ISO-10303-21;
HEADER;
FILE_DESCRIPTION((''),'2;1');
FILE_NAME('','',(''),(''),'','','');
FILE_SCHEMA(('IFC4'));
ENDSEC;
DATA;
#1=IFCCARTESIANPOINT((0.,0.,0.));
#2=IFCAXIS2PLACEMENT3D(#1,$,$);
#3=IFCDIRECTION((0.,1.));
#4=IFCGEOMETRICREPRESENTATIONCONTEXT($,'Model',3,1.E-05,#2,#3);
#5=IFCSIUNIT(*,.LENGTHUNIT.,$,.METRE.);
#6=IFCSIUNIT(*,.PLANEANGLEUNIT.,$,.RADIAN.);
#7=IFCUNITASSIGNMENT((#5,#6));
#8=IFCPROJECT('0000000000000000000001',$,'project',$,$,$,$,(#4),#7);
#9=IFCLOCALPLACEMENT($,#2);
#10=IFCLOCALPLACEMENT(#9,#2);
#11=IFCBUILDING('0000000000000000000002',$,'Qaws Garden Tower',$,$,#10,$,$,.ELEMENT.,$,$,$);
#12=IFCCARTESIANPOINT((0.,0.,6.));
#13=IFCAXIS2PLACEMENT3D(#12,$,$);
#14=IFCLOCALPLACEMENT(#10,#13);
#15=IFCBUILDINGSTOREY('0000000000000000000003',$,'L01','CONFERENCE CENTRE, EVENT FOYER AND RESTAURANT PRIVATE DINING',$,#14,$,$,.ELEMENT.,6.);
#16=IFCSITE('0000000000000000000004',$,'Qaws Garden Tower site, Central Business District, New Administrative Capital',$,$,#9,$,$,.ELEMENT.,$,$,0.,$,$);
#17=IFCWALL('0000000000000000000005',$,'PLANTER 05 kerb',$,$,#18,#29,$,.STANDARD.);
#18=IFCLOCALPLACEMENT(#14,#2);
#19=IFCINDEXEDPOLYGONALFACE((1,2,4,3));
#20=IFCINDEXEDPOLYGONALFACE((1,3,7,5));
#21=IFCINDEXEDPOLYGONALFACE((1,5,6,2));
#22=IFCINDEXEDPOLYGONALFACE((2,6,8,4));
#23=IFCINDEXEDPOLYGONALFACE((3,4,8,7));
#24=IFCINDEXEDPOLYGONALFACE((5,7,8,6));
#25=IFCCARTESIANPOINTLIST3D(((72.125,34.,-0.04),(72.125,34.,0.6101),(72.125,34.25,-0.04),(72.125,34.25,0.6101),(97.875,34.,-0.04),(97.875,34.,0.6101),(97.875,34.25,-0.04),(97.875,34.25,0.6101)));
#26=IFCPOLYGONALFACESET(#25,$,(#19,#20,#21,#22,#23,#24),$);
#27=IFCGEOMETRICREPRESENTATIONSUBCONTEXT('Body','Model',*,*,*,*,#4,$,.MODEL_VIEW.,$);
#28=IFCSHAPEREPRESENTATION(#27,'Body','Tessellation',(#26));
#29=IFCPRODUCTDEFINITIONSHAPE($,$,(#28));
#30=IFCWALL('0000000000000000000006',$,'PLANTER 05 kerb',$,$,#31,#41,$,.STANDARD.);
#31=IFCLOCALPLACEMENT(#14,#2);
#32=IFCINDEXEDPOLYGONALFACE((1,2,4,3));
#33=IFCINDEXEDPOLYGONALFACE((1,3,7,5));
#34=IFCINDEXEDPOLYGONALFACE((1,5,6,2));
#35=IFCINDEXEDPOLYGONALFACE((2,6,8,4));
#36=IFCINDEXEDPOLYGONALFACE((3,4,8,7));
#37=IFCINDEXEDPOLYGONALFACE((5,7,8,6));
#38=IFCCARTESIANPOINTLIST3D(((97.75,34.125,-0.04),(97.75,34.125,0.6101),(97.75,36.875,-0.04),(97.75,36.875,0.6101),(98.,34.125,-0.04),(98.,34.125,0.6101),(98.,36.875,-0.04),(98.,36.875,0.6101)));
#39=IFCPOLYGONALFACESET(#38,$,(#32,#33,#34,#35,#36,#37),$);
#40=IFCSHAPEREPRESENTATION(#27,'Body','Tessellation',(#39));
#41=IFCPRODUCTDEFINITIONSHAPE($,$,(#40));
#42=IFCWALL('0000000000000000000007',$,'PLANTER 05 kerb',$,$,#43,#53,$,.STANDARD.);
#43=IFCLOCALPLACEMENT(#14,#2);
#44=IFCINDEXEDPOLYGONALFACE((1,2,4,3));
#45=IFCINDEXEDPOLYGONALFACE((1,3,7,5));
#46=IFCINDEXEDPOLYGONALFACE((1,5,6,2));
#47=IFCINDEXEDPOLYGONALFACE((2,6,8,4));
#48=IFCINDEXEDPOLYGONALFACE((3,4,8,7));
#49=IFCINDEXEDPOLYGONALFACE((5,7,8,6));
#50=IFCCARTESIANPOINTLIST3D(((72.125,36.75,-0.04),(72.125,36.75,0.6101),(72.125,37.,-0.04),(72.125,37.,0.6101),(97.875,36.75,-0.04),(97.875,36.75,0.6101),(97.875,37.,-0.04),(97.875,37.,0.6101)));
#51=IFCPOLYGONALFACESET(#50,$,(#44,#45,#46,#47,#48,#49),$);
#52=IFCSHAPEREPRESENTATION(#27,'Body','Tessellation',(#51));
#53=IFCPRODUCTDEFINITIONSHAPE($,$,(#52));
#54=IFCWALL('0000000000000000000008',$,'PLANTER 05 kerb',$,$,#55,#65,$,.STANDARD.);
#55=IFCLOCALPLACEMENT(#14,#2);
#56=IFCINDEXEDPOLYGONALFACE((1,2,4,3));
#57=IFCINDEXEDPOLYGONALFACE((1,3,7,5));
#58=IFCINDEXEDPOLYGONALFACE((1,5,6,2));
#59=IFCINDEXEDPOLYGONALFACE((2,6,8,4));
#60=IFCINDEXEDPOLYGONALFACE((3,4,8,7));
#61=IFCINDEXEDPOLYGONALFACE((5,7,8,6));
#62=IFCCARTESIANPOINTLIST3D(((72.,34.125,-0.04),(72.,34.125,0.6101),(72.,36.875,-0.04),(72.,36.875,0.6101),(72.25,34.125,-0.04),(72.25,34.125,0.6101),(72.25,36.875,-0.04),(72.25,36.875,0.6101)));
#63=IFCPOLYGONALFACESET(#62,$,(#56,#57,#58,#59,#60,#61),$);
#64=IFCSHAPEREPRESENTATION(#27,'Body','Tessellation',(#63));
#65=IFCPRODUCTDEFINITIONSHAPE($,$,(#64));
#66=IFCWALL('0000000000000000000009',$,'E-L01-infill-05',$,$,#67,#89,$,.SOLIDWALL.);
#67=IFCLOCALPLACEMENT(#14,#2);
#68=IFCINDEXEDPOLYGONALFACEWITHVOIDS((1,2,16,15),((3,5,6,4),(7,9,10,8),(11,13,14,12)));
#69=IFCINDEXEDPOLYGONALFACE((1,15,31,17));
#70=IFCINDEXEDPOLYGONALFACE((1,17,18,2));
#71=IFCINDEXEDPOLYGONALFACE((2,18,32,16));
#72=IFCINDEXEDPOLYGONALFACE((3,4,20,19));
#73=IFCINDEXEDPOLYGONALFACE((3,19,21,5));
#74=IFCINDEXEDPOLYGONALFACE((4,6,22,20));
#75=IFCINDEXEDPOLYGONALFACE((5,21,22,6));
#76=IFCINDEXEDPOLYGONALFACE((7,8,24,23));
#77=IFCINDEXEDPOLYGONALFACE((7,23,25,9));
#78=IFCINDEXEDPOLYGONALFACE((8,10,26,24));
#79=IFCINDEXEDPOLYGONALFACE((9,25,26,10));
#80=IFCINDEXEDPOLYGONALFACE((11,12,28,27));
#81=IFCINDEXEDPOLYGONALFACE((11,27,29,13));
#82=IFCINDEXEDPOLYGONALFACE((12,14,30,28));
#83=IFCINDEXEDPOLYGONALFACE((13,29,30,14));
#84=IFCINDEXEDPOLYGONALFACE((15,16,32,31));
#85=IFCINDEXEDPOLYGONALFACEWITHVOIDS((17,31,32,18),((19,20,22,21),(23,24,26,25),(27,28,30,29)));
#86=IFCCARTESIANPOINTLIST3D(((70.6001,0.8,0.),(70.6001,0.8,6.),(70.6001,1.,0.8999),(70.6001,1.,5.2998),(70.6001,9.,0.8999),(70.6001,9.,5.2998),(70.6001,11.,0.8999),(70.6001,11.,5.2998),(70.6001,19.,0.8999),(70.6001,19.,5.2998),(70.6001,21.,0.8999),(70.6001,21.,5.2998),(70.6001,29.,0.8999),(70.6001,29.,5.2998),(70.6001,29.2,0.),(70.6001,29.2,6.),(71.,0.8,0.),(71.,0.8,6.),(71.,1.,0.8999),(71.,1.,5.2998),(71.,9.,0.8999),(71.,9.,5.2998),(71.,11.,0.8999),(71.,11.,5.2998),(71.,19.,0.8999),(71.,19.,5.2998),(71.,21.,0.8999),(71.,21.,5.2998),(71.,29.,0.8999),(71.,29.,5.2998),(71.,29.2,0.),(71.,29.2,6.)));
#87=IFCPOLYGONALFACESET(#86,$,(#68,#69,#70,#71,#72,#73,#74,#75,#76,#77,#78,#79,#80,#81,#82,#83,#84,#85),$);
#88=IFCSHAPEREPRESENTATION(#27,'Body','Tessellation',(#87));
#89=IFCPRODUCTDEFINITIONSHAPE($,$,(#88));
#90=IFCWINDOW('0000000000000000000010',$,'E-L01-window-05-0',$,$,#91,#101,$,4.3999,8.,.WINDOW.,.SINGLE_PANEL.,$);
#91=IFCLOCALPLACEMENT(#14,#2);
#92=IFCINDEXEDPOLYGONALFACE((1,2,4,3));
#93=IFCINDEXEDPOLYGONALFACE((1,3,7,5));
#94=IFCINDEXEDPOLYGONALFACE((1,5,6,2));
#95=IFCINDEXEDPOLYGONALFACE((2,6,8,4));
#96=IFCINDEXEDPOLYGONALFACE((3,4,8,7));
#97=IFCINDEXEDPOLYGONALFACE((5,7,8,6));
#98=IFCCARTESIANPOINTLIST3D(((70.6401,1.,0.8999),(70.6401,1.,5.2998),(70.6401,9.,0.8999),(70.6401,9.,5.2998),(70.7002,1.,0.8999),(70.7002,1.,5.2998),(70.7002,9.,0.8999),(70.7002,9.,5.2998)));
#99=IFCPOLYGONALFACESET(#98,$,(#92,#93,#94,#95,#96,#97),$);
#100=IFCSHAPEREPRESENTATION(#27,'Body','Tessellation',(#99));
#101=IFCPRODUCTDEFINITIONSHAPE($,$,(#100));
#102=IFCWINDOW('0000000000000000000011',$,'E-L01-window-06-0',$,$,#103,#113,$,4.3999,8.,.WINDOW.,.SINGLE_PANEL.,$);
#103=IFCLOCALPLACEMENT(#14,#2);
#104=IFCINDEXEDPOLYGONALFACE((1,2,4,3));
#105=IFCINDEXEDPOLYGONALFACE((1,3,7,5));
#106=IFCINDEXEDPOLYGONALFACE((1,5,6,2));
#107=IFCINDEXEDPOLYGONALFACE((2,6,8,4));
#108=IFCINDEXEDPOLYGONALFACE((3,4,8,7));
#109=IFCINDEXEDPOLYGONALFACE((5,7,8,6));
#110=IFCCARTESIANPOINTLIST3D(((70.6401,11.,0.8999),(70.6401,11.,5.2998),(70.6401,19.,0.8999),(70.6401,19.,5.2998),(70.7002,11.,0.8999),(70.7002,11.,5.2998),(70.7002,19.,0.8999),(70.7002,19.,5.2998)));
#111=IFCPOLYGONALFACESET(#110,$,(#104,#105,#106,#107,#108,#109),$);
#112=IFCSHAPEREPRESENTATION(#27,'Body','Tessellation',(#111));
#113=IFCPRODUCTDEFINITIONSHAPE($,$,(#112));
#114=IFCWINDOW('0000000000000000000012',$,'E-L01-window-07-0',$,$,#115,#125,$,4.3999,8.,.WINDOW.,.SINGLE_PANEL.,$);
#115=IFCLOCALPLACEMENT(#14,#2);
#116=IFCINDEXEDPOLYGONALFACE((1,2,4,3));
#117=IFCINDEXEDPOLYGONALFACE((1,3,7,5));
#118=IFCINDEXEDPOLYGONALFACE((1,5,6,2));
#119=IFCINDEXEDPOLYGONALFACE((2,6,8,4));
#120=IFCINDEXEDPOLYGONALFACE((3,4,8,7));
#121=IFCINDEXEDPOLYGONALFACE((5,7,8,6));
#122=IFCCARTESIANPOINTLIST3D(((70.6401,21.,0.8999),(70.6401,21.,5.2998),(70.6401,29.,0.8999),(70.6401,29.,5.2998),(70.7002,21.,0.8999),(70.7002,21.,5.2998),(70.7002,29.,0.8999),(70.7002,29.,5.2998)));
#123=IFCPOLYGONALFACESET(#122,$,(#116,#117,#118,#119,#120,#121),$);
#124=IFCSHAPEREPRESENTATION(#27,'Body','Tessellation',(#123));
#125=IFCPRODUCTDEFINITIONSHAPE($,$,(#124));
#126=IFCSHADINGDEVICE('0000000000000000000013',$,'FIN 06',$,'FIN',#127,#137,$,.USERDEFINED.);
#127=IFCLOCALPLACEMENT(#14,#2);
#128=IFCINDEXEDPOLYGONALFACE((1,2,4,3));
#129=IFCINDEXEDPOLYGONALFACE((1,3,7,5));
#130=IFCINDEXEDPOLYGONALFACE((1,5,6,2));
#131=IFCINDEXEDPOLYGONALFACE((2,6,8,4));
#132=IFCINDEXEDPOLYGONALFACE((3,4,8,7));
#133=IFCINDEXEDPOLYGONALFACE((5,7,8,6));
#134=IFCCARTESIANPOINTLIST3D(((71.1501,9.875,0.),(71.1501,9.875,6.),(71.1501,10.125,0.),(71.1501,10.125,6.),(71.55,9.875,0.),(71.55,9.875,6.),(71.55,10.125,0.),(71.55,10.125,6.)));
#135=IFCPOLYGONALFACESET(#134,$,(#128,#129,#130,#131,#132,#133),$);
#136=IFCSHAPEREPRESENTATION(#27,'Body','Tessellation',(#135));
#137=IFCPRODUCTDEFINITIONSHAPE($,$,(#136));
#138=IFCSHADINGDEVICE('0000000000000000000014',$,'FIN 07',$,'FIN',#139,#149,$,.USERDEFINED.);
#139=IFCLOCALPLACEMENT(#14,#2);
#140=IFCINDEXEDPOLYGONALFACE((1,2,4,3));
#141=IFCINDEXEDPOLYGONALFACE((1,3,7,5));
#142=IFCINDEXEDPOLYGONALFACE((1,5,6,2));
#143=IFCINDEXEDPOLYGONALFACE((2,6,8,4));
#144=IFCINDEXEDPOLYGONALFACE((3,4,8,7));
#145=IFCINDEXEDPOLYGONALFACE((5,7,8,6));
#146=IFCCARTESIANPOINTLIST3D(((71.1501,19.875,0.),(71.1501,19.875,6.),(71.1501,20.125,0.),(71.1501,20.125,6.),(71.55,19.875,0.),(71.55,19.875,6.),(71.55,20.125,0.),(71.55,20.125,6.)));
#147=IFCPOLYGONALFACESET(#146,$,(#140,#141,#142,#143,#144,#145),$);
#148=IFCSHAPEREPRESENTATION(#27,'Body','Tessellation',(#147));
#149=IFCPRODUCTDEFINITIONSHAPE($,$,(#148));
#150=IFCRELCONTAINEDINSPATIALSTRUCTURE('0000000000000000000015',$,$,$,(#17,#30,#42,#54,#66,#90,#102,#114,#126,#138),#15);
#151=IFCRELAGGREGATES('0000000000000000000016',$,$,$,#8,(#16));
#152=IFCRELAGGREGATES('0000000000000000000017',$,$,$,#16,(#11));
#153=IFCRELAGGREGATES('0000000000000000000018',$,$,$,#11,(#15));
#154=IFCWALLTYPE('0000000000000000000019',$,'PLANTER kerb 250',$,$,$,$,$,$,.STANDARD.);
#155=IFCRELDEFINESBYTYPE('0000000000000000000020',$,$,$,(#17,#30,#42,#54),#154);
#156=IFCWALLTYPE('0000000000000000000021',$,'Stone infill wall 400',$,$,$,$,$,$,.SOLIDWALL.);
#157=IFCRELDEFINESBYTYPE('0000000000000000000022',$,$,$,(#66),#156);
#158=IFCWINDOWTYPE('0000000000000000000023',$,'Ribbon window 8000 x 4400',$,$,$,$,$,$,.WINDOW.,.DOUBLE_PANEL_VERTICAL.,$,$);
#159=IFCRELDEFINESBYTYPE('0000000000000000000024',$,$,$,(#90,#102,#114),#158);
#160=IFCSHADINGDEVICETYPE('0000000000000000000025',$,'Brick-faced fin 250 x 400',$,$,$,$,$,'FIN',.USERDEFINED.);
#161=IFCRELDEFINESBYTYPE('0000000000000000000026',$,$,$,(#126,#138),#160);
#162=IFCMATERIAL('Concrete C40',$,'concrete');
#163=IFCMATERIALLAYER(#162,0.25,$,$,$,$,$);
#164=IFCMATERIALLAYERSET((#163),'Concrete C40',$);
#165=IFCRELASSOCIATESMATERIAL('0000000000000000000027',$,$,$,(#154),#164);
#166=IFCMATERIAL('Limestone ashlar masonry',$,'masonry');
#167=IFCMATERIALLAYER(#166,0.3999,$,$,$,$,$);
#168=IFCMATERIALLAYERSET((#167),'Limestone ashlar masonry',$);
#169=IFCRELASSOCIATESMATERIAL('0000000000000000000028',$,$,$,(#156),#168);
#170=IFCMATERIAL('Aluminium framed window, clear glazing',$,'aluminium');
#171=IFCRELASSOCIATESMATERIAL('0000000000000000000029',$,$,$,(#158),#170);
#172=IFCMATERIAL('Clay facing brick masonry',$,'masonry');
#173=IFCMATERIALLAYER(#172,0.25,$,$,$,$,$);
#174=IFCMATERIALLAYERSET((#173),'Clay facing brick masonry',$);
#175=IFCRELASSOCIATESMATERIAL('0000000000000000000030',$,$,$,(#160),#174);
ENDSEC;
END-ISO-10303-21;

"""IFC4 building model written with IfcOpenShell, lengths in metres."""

from ifc_helpers import new_model, si_unit, direction, frame, frame_2d, origin, origin_2d, place, context, subcontext, project, spatial, rectangle, extrude, material, layer, layer_set, type_object, element, fill, save


model = new_model("IFC4")

# Units and contexts
model_context = context("Model", 3, precision=1e-05, world=origin(), true_north=direction((0.0, 1.0)))
body_context = subcontext(model_context, "Body", "Model", "MODEL_VIEW")
ifc_project = project(units=[si_unit("LENGTHUNIT", "METRE"), si_unit("PLANEANGLEUNIT", "RADIAN")], contexts=[model_context])

# Site, building, storey
site_placement = place(None, origin())
site = spatial("IfcSite", under=ifc_project, at=site_placement, Name="Qaws Garden Tower site, Central Business District, New Administrative Capital", CompositionType="ELEMENT", RefElevation=0.0)
building_placement = place(site_placement, origin())
building = spatial("IfcBuilding", under=site, at=building_placement, Name="Qaws Garden Tower", CompositionType="ELEMENT")
storey_placement = place(building_placement, frame((0.0, 0.0, 6.0)))
storey = spatial("IfcBuildingStorey", under=building, at=storey_placement, Name="L01", Description="CONFERENCE CENTRE, EVENT FOYER AND RESTAURANT PRIVATE DINING", CompositionType="ELEMENT", Elevation=6.0)

# Walls
ifc_material_1 = material(Name="Concrete C40", Category="concrete")
ifc_layer_1 = layer(ifc_material_1, 0.25)
ifc_layer_set_1 = layer_set([ifc_layer_1], Name="Concrete C40")
wall_type_1 = type_object("IfcWallType", Name="PLANTER kerb 250", PredefinedType="STANDARD", material=ifc_layer_set_1)
wall_1_placement = place(storey_placement, frame((72.125, 34.125, -0.04), z_axis=(0.0, 0.0, 1.0), x_axis=(1.0, 0.0, 0.0)))
element("IfcWall", 1, at=wall_1_placement, inside=storey, type_object=wall_type_1, Name="PLANTER 05 kerb", PredefinedType="STANDARD", context=body_context, shape_type="SweptSolid", body=[
    extrude(rectangle(XDim=25.75, YDim=0.25, at=frame_2d((12.875, 0.0))), origin(), (0.0, 0.0, 1.0), 0.6501),
])
wall_2_placement = place(storey_placement, frame((97.875, 34.125, -0.04), z_axis=(0.0, 0.0, 1.0), x_axis=(0.0, 1.0, 0.0)))
element("IfcWall", 2, at=wall_2_placement, inside=storey, type_object=wall_type_1, Name="PLANTER 05 kerb", PredefinedType="STANDARD", context=body_context, shape_type="SweptSolid", body=[
    extrude(rectangle(XDim=2.75, YDim=0.25, at=frame_2d((1.375, 0.0))), origin(), (0.0, 0.0, 1.0), 0.6501),
])
wall_3_placement = place(storey_placement, frame((97.875, 36.875, -0.04), z_axis=(0.0, 0.0, 1.0), x_axis=(-1.0, 0.0, 0.0)))
element("IfcWall", 3, at=wall_3_placement, inside=storey, type_object=wall_type_1, Name="PLANTER 05 kerb", PredefinedType="STANDARD", context=body_context, shape_type="SweptSolid", body=[
    extrude(rectangle(XDim=25.75, YDim=0.25, at=frame_2d((12.875, 0.0))), origin(), (0.0, 0.0, 1.0), 0.6501),
])
wall_4_placement = place(storey_placement, frame((72.125, 36.875, -0.04), z_axis=(0.0, 0.0, 1.0), x_axis=(0.0, -1.0, 0.0)))
element("IfcWall", 4, at=wall_4_placement, inside=storey, type_object=wall_type_1, Name="PLANTER 05 kerb", PredefinedType="STANDARD", context=body_context, shape_type="SweptSolid", body=[
    extrude(rectangle(XDim=2.75, YDim=0.25, at=frame_2d((1.375, 0.0))), origin(), (0.0, 0.0, 1.0), 0.6501),
])

# Wall, openings, windows
ifc_material_2 = material(Name="Limestone ashlar masonry", Category="masonry")
ifc_layer_2 = layer(ifc_material_2, 0.3999)
ifc_layer_set_2 = layer_set([ifc_layer_2], Name="Limestone ashlar masonry")
wall_type_2 = type_object("IfcWallType", Name="Stone infill wall 400", PredefinedType="SOLIDWALL", material=ifc_layer_set_2)
wall_5_placement = place(storey_placement, frame((70.8, 0.8, 0.0), z_axis=(0.0, 0.0, 1.0), x_axis=(0.0, 1.0, 0.0)))
wall_5 = element("IfcWall", 5, at=wall_5_placement, inside=storey, type_object=wall_type_2, Name="E-L01-infill-05", PredefinedType="SOLIDWALL", context=body_context, shape_type="SweptSolid", body=[
    extrude(rectangle(XDim=28.3999, YDim=0.3999, at=frame_2d((14.2, 0.0))), origin(), (0.0, 0.0, 1.0), 6.0),
])
opening_1_placement = place(wall_5_placement, frame((0.2, 0.0, 0.8999)))
opening_1 = element("IfcOpeningElement", 6, at=opening_1_placement, cuts=wall_5, PredefinedType="OPENING", context=body_context, shape_type="SweptSolid", body=[
    extrude(rectangle(XDim=8.0, YDim=4.3999, at=frame_2d((4.0, 2.2))), frame((0.0, 0.21, 0.0), z_axis=(0.0, -1.0, 0.0), x_axis=(1.0, 0.0, 0.0)), (0.0, 0.0, 1.0), 0.4199),
])
opening_2_placement = place(wall_5_placement, frame((10.2, 0.0, 0.8999)))
opening_2 = element("IfcOpeningElement", 7, at=opening_2_placement, cuts=wall_5, PredefinedType="OPENING", context=body_context, shape_type="SweptSolid", body=[
    extrude(rectangle(XDim=8.0, YDim=4.3999, at=frame_2d((4.0, 2.2))), frame((0.0, 0.21, 0.0), z_axis=(0.0, -1.0, 0.0), x_axis=(1.0, 0.0, 0.0)), (0.0, 0.0, 1.0), 0.4199),
])
opening_3_placement = place(wall_5_placement, frame((20.2, 0.0, 0.8999)))
opening_3 = element("IfcOpeningElement", 8, at=opening_3_placement, cuts=wall_5, PredefinedType="OPENING", context=body_context, shape_type="SweptSolid", body=[
    extrude(rectangle(XDim=8.0, YDim=4.3999, at=frame_2d((4.0, 2.2))), frame((0.0, 0.21, 0.0), z_axis=(0.0, -1.0, 0.0), x_axis=(1.0, 0.0, 0.0)), (0.0, 0.0, 1.0), 0.4199),
])
ifc_material_3 = material(Name="Aluminium framed window, clear glazing", Category="aluminium")
window_type = type_object("IfcWindowType", Name="Ribbon window 8000 x 4400", PartitioningType="DOUBLE_PANEL_VERTICAL", PredefinedType="WINDOW", material=ifc_material_3)
window_1_placement = place(opening_1_placement, origin())
window_1 = element("IfcWindow", 9, at=window_1_placement, inside=storey, type_object=window_type, Name="E-L01-window-05-0", OverallHeight=4.3999, OverallWidth=8.0, PartitioningType="SINGLE_PANEL", PredefinedType="WINDOW", context=body_context, shape_type="SweptSolid", body=[
    extrude(rectangle(XDim=8.0, YDim=4.3999, at=frame_2d((4.0, 2.2))), frame((0.0, 0.1599, 0.0), z_axis=(0.0, -1.0, 0.0), x_axis=(1.0, 0.0, 0.0)), (0.0, 0.0, 1.0), 0.0601),
])
fill(opening_1, window_1)
window_2_placement = place(opening_2_placement, origin())
window_2 = element("IfcWindow", 10, at=window_2_placement, inside=storey, type_object=window_type, Name="E-L01-window-06-0", OverallHeight=4.3999, OverallWidth=8.0, PartitioningType="SINGLE_PANEL", PredefinedType="WINDOW", context=body_context, shape_type="SweptSolid", body=[
    extrude(rectangle(XDim=8.0, YDim=4.3999, at=frame_2d((4.0, 2.2))), frame((0.0, 0.1599, 0.0), z_axis=(0.0, -1.0, 0.0), x_axis=(1.0, 0.0, 0.0)), (0.0, 0.0, 1.0), 0.0601),
])
fill(opening_2, window_2)
window_3_placement = place(opening_3_placement, origin())
window_3 = element("IfcWindow", 11, at=window_3_placement, inside=storey, type_object=window_type, Name="E-L01-window-07-0", OverallHeight=4.3999, OverallWidth=8.0, PartitioningType="SINGLE_PANEL", PredefinedType="WINDOW", context=body_context, shape_type="SweptSolid", body=[
    extrude(rectangle(XDim=8.0, YDim=4.3999, at=frame_2d((4.0, 2.2))), frame((0.0, 0.1599, 0.0), z_axis=(0.0, -1.0, 0.0), x_axis=(1.0, 0.0, 0.0)), (0.0, 0.0, 1.0), 0.0601),
])
fill(opening_3, window_3)

# Shading devices
ifc_material_4 = material(Name="Clay facing brick masonry", Category="masonry")
ifc_layer_3 = layer(ifc_material_4, 0.25)
ifc_layer_set_3 = layer_set([ifc_layer_3], Name="Clay facing brick masonry")
shading_device_type = type_object("IfcShadingDeviceType", Name="Brick-faced fin 250 x 400", ElementType="FIN", PredefinedType="USERDEFINED", material=ifc_layer_set_3)
for number, where, z_axis, x_axis, name in (
    (12, (71.3501, 10.0, 0.0), (0.0, 0.0, 1.0), (0.0, 1.0, 0.0), "FIN 06"),
    (13, (71.3501, 20.0, 0.0), (0.0, 0.0, 1.0), (0.0, 1.0, 0.0), "FIN 07"),
):
    element("IfcShadingDevice", number, at=place(storey_placement, frame(where, z_axis=z_axis, x_axis=x_axis)), inside=storey, type_object=shading_device_type, Name=name, ObjectType="FIN", PredefinedType="USERDEFINED", context=body_context, shape_type="SweptSolid", body=[
        extrude(rectangle(XDim=0.25, YDim=0.3999, at=origin_2d()), origin(), (0.0, 0.0, 1.0), 6.0),
    ])

save(model, "model.ifc")
